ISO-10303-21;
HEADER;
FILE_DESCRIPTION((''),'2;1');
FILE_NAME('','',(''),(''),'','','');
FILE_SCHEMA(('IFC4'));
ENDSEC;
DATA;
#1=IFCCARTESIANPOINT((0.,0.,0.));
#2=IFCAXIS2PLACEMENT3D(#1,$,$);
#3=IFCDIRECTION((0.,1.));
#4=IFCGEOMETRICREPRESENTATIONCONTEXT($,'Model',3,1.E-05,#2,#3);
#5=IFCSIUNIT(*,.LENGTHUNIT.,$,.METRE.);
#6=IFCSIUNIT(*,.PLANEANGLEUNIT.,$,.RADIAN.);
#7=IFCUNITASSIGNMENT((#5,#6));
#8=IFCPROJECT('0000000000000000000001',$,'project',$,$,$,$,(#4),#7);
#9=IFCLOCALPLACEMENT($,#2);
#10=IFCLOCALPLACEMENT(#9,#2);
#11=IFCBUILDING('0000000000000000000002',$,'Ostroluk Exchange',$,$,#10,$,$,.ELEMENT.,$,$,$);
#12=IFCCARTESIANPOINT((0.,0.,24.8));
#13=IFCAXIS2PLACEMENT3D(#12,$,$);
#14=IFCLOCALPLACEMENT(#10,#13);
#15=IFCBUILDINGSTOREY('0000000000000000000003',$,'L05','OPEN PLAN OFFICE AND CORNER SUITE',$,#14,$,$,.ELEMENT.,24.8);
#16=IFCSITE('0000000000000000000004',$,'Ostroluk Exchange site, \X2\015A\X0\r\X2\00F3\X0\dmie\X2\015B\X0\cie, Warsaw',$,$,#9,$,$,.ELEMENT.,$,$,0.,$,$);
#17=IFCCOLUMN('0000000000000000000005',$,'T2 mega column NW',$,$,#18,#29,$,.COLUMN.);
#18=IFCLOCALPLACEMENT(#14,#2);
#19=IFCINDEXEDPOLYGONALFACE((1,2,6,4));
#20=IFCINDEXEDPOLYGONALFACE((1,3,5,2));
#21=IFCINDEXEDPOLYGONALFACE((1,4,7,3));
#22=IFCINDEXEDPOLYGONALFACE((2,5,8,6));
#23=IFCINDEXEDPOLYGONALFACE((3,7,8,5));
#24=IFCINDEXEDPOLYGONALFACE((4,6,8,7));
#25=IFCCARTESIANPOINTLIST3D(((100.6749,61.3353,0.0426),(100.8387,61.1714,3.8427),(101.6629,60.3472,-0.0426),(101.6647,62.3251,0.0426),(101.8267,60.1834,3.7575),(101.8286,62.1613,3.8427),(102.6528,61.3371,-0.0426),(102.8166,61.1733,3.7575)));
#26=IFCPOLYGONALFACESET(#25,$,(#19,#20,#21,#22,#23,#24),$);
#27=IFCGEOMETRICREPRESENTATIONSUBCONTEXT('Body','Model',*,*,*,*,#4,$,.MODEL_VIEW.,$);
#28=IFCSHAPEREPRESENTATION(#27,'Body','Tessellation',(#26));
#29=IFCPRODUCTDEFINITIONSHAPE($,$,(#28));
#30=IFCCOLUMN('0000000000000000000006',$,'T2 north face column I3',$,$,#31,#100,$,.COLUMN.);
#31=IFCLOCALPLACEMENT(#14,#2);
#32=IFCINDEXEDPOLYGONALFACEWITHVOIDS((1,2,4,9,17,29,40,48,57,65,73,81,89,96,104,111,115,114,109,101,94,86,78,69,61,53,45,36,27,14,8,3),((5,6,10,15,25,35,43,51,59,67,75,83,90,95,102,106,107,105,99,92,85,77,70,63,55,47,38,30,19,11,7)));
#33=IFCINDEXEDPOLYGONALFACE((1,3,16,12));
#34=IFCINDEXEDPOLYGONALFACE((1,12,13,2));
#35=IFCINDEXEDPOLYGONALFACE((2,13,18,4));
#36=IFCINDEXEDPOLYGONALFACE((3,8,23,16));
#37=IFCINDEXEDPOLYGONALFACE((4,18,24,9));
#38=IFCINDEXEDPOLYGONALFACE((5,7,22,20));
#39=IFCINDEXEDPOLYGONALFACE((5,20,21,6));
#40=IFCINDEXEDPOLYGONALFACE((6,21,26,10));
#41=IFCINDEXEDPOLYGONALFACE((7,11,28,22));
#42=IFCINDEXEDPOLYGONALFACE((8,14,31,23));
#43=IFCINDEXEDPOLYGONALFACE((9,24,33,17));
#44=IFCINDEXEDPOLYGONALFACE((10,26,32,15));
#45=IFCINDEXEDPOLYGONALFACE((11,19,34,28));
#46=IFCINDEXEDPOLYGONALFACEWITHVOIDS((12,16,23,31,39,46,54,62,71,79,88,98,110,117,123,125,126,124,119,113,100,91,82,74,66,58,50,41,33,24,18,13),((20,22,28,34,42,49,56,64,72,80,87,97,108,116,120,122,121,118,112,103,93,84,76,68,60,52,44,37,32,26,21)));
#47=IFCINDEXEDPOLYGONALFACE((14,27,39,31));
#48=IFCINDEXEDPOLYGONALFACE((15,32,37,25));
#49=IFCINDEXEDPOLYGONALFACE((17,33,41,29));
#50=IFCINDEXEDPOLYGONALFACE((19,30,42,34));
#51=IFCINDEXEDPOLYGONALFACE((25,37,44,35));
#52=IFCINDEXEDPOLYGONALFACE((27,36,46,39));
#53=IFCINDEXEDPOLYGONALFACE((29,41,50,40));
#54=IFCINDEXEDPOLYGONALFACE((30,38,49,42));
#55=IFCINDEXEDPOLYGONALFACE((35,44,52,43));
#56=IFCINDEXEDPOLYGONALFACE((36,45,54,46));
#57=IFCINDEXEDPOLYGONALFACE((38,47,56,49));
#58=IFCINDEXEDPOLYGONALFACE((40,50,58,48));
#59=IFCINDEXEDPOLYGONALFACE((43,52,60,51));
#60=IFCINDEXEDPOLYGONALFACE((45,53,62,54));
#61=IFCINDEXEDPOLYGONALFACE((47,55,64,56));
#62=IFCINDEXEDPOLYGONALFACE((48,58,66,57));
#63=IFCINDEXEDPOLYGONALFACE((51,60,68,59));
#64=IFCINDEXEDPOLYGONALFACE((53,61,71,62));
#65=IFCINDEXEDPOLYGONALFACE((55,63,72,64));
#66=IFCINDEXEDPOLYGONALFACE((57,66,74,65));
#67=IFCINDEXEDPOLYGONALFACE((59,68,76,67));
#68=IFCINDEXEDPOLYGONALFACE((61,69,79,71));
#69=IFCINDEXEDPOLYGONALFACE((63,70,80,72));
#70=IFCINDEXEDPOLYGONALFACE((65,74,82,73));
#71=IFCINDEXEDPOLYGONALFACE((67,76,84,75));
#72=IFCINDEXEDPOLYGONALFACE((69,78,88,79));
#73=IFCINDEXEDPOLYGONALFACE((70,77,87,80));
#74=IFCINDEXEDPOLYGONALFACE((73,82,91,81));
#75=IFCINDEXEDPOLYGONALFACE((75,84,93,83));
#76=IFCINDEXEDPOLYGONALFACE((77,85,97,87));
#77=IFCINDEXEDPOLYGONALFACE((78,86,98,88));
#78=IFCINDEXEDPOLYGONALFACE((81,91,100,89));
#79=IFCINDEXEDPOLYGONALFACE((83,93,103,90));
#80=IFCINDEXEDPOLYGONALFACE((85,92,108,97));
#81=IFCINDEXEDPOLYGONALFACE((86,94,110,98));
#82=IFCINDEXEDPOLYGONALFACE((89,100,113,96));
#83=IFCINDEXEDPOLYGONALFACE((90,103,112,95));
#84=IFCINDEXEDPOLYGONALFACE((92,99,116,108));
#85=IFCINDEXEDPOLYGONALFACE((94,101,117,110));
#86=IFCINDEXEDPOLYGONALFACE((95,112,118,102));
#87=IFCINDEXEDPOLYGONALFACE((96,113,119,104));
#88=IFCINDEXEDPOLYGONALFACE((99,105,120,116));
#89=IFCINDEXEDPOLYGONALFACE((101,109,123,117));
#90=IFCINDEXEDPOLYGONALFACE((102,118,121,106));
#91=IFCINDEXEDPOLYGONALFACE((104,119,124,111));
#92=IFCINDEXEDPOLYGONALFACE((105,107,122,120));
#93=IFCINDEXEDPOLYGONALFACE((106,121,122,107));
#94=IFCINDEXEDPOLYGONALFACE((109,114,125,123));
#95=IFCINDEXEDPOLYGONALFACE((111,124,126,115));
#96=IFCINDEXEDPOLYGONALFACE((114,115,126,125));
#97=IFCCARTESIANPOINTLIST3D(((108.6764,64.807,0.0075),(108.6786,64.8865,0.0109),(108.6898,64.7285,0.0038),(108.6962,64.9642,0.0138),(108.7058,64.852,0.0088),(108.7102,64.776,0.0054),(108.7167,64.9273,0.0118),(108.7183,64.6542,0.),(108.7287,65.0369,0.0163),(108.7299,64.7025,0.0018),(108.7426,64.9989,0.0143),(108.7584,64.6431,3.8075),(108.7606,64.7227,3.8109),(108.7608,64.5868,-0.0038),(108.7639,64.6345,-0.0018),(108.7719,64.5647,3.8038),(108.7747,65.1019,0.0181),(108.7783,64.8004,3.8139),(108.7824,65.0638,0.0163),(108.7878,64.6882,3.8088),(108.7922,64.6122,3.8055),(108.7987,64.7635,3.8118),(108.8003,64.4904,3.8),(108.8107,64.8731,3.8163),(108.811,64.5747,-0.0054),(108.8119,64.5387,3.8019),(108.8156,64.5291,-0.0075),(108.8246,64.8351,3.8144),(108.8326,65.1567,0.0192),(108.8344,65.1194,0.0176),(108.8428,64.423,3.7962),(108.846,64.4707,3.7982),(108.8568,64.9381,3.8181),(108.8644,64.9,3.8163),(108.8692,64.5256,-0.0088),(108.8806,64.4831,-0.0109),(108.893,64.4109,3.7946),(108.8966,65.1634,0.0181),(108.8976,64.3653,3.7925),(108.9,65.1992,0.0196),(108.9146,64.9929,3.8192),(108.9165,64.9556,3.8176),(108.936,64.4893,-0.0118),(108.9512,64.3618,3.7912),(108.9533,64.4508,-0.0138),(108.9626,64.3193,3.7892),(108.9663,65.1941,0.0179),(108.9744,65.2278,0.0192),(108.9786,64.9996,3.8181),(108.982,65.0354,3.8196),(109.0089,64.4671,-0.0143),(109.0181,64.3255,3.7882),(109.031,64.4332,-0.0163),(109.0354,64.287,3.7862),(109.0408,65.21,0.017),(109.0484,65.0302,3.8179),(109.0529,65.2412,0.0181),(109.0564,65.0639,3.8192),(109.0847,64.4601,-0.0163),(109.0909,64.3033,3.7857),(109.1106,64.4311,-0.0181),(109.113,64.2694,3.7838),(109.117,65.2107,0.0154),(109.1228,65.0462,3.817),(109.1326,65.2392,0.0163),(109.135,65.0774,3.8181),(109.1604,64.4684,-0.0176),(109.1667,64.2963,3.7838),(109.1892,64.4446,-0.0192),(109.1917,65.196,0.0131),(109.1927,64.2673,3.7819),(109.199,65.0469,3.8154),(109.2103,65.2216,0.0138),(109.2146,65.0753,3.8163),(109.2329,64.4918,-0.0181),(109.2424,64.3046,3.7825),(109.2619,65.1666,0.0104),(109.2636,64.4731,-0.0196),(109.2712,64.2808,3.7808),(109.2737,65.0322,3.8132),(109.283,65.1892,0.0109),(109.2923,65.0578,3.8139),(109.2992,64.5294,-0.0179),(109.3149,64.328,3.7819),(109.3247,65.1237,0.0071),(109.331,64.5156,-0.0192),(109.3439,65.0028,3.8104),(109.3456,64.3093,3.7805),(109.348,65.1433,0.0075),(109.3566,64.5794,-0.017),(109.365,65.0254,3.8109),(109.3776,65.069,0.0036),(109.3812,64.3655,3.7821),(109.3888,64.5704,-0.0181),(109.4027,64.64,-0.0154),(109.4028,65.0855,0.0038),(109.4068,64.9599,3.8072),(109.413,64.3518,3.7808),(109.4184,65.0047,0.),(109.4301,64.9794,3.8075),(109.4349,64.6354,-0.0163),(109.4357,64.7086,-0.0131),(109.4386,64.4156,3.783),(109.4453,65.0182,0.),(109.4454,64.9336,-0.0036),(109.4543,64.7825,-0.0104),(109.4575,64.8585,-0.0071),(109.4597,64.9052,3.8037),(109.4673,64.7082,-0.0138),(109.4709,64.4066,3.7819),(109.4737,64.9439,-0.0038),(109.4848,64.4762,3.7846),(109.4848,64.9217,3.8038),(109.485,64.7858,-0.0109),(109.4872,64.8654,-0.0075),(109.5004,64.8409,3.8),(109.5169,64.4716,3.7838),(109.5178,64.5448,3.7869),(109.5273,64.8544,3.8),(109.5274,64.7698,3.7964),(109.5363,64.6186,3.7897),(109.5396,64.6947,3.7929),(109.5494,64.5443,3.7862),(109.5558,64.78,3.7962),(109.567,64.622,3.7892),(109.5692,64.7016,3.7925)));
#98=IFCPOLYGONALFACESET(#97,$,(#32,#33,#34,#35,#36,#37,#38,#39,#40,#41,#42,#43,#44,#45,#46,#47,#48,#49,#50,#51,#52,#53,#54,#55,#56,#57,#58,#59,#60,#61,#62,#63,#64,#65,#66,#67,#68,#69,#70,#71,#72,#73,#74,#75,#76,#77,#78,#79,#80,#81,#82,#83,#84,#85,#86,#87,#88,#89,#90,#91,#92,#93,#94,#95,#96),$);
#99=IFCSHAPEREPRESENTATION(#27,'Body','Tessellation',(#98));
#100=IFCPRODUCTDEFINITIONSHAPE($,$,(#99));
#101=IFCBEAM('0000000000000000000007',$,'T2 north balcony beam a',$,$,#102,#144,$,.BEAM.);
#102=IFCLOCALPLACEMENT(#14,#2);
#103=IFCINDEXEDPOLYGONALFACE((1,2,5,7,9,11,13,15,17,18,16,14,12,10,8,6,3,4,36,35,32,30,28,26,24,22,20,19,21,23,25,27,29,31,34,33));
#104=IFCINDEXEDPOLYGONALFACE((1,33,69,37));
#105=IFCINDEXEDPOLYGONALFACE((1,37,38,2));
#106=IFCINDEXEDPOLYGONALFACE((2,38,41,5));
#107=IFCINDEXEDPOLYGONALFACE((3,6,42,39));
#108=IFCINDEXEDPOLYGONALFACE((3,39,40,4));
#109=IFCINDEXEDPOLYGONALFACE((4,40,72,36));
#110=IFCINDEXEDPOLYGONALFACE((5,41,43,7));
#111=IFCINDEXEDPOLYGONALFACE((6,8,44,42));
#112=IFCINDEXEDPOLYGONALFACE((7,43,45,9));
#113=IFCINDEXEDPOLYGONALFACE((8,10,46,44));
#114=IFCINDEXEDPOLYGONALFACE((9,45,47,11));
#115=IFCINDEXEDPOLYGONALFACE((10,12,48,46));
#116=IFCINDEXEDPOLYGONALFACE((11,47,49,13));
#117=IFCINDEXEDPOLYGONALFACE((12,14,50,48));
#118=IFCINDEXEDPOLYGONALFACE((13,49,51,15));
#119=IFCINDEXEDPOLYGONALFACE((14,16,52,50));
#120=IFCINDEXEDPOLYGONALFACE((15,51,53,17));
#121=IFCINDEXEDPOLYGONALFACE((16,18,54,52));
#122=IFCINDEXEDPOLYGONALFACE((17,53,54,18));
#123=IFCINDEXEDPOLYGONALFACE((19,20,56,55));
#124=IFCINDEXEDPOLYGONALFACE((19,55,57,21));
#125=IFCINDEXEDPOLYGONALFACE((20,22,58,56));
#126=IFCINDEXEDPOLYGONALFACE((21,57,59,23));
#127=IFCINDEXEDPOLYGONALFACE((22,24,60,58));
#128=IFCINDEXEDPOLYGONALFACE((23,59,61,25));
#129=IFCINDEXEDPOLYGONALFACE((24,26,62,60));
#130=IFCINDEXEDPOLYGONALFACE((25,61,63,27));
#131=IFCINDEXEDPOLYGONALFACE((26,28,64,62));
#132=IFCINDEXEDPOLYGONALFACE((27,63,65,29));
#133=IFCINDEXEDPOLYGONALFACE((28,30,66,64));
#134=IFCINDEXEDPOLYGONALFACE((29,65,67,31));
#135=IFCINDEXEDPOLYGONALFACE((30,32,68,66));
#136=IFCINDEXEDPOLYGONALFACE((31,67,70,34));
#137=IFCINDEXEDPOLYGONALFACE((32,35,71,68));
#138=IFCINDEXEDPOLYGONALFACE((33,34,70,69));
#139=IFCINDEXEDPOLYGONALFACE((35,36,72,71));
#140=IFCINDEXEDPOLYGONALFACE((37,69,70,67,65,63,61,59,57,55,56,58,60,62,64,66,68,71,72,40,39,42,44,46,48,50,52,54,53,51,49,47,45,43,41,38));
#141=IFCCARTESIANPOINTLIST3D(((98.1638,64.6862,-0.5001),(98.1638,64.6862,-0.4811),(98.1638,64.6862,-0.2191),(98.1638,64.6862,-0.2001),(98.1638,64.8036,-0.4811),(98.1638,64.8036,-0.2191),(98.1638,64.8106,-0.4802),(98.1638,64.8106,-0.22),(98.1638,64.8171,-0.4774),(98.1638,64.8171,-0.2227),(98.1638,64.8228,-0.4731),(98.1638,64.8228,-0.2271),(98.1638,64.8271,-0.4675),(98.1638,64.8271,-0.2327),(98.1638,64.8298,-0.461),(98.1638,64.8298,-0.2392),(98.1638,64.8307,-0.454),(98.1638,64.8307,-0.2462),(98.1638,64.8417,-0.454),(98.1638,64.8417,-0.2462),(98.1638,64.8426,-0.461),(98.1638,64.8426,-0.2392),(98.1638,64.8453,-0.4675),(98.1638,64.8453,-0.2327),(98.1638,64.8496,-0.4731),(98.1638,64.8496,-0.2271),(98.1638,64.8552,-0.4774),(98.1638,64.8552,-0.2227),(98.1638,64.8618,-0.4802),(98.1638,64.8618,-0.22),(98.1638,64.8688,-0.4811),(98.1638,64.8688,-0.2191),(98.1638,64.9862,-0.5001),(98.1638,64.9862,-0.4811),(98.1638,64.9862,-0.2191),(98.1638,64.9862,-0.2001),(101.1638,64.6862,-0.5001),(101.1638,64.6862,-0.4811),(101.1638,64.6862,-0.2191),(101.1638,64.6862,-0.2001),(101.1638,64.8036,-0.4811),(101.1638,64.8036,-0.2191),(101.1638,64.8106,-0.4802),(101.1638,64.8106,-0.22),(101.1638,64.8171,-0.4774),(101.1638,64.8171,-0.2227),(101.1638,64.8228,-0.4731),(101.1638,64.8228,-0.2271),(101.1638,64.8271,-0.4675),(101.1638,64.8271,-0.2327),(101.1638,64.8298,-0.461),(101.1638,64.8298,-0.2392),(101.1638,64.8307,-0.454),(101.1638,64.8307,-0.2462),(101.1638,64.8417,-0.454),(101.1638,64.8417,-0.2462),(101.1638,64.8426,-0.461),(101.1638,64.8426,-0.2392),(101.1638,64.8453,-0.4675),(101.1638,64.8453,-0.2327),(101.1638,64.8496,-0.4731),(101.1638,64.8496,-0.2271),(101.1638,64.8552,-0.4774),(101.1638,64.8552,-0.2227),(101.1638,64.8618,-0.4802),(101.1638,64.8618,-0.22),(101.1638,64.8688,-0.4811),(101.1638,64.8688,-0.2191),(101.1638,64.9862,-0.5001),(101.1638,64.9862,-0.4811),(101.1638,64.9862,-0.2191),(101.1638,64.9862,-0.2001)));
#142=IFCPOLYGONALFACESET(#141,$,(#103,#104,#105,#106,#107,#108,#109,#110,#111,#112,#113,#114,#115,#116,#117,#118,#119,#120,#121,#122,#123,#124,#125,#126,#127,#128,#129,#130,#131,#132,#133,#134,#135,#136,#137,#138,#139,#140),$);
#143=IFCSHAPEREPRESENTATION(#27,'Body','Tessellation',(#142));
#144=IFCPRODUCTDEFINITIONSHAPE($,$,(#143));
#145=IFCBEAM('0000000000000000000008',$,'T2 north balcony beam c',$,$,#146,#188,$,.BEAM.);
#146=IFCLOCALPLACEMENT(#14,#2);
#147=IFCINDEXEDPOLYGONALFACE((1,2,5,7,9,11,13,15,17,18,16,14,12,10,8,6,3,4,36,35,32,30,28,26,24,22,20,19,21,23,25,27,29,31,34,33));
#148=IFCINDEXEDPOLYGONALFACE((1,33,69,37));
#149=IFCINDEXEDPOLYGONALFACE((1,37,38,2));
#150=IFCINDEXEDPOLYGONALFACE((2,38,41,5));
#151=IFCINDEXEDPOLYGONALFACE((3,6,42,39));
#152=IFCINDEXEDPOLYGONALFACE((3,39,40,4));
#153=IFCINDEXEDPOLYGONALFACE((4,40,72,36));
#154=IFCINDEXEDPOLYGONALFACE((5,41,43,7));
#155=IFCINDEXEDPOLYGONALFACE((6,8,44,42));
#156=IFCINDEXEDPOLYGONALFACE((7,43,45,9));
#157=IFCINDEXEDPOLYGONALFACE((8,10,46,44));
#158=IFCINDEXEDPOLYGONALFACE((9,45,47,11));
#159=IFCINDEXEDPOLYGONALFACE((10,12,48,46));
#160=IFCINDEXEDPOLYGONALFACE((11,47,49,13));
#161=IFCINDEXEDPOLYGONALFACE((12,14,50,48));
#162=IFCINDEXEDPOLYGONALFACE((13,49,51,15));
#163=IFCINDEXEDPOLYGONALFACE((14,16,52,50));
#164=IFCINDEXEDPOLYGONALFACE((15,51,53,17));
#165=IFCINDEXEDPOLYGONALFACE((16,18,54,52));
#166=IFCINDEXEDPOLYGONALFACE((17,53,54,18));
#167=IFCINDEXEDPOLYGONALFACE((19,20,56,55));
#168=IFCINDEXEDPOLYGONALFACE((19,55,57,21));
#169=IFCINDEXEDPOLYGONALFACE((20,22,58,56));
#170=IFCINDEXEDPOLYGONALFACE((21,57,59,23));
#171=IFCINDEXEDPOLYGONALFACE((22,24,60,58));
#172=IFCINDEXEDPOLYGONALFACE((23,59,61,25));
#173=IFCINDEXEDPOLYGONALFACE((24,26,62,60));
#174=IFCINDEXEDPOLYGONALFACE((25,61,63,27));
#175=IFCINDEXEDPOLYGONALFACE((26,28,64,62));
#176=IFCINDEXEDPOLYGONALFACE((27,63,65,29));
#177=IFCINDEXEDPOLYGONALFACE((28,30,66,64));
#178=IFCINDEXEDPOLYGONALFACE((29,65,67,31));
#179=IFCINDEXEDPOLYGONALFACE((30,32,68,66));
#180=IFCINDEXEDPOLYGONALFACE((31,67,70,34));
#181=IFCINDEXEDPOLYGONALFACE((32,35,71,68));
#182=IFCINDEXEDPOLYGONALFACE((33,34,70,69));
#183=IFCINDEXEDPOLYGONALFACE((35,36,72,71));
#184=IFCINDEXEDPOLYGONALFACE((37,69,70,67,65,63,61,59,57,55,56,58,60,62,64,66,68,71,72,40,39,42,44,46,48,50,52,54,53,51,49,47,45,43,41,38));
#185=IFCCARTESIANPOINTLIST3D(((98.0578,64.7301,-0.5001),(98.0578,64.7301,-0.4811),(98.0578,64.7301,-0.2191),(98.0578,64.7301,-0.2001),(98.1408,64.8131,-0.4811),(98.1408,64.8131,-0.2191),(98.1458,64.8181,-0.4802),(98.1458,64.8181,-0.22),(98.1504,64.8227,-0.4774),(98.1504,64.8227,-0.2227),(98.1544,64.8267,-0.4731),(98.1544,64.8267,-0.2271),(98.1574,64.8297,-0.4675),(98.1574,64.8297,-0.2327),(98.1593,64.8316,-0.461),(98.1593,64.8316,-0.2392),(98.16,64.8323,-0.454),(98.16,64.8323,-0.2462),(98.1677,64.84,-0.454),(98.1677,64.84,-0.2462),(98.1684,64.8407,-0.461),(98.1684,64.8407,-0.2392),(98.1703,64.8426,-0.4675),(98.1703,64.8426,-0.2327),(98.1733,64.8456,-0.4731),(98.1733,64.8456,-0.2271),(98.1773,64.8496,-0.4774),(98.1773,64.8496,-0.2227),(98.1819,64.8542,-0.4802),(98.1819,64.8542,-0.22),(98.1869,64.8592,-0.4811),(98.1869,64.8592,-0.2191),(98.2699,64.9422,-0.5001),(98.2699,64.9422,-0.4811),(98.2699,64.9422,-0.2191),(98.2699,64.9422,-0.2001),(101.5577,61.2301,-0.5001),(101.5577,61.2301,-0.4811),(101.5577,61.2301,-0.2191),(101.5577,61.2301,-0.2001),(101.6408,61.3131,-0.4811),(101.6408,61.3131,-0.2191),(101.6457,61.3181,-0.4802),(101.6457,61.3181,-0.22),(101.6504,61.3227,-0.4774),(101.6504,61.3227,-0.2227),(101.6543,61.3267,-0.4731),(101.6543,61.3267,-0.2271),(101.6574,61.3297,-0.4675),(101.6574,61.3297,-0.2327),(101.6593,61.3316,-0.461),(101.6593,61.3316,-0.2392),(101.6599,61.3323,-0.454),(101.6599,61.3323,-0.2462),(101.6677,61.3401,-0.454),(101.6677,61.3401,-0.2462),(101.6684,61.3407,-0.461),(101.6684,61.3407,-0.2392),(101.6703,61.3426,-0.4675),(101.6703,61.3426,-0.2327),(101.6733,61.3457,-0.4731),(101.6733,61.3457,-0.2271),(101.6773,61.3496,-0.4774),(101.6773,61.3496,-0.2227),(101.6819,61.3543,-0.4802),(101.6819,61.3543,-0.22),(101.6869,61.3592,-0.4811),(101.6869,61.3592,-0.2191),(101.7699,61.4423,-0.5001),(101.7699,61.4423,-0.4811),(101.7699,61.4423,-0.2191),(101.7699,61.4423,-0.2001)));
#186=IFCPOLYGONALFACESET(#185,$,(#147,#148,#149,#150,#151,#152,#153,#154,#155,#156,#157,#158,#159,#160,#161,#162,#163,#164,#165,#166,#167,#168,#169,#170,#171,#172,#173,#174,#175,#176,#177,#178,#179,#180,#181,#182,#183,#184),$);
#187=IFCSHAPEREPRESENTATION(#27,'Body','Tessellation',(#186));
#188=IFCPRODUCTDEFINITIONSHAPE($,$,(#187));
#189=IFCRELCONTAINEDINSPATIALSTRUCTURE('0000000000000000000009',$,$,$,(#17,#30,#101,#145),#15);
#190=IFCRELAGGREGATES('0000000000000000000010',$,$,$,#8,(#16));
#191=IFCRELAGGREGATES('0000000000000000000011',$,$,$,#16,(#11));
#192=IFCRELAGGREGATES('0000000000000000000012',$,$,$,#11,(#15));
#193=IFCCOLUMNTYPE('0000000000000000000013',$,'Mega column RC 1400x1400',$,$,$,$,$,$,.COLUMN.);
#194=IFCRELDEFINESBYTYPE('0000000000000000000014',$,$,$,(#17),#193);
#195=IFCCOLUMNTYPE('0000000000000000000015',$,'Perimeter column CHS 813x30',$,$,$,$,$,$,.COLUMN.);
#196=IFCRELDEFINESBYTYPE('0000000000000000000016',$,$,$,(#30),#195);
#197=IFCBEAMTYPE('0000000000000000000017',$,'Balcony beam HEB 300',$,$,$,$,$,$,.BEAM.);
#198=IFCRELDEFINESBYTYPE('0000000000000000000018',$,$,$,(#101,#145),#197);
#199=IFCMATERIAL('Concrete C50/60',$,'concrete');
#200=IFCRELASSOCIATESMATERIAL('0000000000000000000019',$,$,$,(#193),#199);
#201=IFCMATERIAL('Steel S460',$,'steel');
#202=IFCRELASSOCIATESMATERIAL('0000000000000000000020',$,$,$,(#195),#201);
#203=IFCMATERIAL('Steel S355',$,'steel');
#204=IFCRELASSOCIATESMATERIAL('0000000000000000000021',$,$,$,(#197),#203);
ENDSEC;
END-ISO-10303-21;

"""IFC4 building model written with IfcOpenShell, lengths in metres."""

from ifc_helpers import new_model, si_unit, direction, frame, origin, origin_2d, place, context, subcontext, project, spatial, rectangle, hollow_circle, i_section, extrude, material, material_profile, profile_set, type_object, element, save


model = new_model("IFC4")

# Units and contexts
model_context = context("Model", 3, precision=1e-05, world=origin(), true_north=direction((0.0, 1.0)))
body_context = subcontext(model_context, "Body", "Model", "MODEL_VIEW")
ifc_project = project(units=[si_unit("LENGTHUNIT", "METRE"), si_unit("PLANEANGLEUNIT", "RADIAN")], contexts=[model_context])

# Site, building, storey
site_placement = place(None, origin())
site = spatial("IfcSite", under=ifc_project, at=site_placement, Name="Ostroluk Exchange site, Śródmieście, Warsaw", CompositionType="ELEMENT", RefElevation=0.0)
building_placement = place(site_placement, origin())
building = spatial("IfcBuilding", under=site, at=building_placement, Name="Ostroluk Exchange", CompositionType="ELEMENT")
storey_placement = place(building_placement, frame((0.0, 0.0, 24.8)))
storey = spatial("IfcBuildingStorey", under=building, at=storey_placement, Name="L05", Description="OPEN PLAN OFFICE AND CORNER SUITE", CompositionType="ELEMENT", Elevation=24.8)

# Columns
ifc_material_1 = material(Name="Concrete C50/60", Category="concrete")
ifc_material_profile_1 = material_profile(ifc_material_1, rectangle(XDim=1.3999, YDim=1.3999, at=origin_2d()), Name="RC 1400x1400")
ifc_profile_set_1 = profile_set([ifc_material_profile_1], Name="Concrete C50/60")
column_type_1 = type_object("IfcColumnType", Name="Mega column RC 1400x1400", PredefinedType="COLUMN", material=ifc_profile_set_1)
column_1_placement = place(storey_placement, frame((101.6638, 61.3362, 0.0), z_axis=(0.04303, -0.04303, 0.998147), x_axis=(0.707107, 0.707107, 0.0)))
element("IfcColumn", 1, at=column_1_placement, inside=storey, type_object=column_type_1, Name="T2 mega column NW", PredefinedType="COLUMN", context=body_context, shape_type="SweptSolid", body=[
    extrude(rectangle(XDim=1.3999, YDim=1.3999, at=origin_2d()), origin(), (0.0, 0.0, 1.0), 3.8071),
])
ifc_material_2 = material(Name="Steel S460", Category="steel")
ifc_material_profile_2 = material_profile(ifc_material_2, hollow_circle(Radius=0.4065, WallThickness=0.03, at=origin_2d()), Name="CHS 813x30")
ifc_profile_set_2 = profile_set([ifc_material_profile_2], Name="Steel S460")
column_type_2 = type_object("IfcColumnType", Name="Perimeter column CHS 813x30", PredefinedType="COLUMN", material=ifc_profile_set_2)
column_2_placement = place(storey_placement, frame((109.0818, 64.8362, 0.0), z_axis=(0.021562, -0.04306, 0.99884), x_axis=(0.894161, 0.447747, 0.0)))
element("IfcColumn", 2, at=column_2_placement, inside=storey, type_object=column_type_2, Name="T2 north face column I3", PredefinedType="COLUMN", context=body_context, shape_type="SweptSolid", body=[
    extrude(hollow_circle(Radius=0.4065, WallThickness=0.03, at=origin_2d()), origin(), (0.0, 0.0, 1.0), 3.8044),
])

# Beams
ifc_material_3 = material(Name="Steel S355", Category="steel")
ifc_material_profile_3 = material_profile(ifc_material_3, i_section(OverallWidth=0.3, OverallDepth=0.3, WebThickness=0.011, FlangeThickness=0.019, FilletRadius=0.0271, at=origin_2d()), Name="HEB 300")
ifc_profile_set_3 = profile_set([ifc_material_profile_3], Name="Steel S355")
beam_type_1 = type_object("IfcBeamType", Name="Balcony beam HEB 300", PredefinedType="BEAM", material=ifc_profile_set_3)
beam_1_placement = place(storey_placement, frame((101.1638, 64.8362, -0.3501), z_axis=(-1.0, 0.0, 0.0), x_axis=(0.0, -1.0, 0.0)))
element("IfcBeam", 3, at=beam_1_placement, inside=storey, type_object=beam_type_1, Name="T2 north balcony beam a", PredefinedType="BEAM", context=body_context, shape_type="SweptSolid", body=[
    extrude(i_section(OverallWidth=0.3, OverallDepth=0.3, WebThickness=0.011, FlangeThickness=0.019, FilletRadius=0.0271, at=origin_2d()), origin(), (0.0, 0.0, 1.0), 3.0),
])
beam_2_placement = place(storey_placement, frame((101.6638, 61.3362, -0.3501), z_axis=(-0.707107, 0.707107, 0.0), x_axis=(-0.707107, -0.707107, 0.0)))
element("IfcBeam", 4, at=beam_2_placement, inside=storey, type_object=beam_type_1, Name="T2 north balcony beam c", PredefinedType="BEAM", context=body_context, shape_type="SweptSolid", body=[
    extrude(i_section(OverallWidth=0.3, OverallDepth=0.3, WebThickness=0.011, FlangeThickness=0.019, FilletRadius=0.0271, at=origin_2d()), origin(), (0.0, 0.0, 1.0), 4.9497),
])

save(model, "model.ifc")
